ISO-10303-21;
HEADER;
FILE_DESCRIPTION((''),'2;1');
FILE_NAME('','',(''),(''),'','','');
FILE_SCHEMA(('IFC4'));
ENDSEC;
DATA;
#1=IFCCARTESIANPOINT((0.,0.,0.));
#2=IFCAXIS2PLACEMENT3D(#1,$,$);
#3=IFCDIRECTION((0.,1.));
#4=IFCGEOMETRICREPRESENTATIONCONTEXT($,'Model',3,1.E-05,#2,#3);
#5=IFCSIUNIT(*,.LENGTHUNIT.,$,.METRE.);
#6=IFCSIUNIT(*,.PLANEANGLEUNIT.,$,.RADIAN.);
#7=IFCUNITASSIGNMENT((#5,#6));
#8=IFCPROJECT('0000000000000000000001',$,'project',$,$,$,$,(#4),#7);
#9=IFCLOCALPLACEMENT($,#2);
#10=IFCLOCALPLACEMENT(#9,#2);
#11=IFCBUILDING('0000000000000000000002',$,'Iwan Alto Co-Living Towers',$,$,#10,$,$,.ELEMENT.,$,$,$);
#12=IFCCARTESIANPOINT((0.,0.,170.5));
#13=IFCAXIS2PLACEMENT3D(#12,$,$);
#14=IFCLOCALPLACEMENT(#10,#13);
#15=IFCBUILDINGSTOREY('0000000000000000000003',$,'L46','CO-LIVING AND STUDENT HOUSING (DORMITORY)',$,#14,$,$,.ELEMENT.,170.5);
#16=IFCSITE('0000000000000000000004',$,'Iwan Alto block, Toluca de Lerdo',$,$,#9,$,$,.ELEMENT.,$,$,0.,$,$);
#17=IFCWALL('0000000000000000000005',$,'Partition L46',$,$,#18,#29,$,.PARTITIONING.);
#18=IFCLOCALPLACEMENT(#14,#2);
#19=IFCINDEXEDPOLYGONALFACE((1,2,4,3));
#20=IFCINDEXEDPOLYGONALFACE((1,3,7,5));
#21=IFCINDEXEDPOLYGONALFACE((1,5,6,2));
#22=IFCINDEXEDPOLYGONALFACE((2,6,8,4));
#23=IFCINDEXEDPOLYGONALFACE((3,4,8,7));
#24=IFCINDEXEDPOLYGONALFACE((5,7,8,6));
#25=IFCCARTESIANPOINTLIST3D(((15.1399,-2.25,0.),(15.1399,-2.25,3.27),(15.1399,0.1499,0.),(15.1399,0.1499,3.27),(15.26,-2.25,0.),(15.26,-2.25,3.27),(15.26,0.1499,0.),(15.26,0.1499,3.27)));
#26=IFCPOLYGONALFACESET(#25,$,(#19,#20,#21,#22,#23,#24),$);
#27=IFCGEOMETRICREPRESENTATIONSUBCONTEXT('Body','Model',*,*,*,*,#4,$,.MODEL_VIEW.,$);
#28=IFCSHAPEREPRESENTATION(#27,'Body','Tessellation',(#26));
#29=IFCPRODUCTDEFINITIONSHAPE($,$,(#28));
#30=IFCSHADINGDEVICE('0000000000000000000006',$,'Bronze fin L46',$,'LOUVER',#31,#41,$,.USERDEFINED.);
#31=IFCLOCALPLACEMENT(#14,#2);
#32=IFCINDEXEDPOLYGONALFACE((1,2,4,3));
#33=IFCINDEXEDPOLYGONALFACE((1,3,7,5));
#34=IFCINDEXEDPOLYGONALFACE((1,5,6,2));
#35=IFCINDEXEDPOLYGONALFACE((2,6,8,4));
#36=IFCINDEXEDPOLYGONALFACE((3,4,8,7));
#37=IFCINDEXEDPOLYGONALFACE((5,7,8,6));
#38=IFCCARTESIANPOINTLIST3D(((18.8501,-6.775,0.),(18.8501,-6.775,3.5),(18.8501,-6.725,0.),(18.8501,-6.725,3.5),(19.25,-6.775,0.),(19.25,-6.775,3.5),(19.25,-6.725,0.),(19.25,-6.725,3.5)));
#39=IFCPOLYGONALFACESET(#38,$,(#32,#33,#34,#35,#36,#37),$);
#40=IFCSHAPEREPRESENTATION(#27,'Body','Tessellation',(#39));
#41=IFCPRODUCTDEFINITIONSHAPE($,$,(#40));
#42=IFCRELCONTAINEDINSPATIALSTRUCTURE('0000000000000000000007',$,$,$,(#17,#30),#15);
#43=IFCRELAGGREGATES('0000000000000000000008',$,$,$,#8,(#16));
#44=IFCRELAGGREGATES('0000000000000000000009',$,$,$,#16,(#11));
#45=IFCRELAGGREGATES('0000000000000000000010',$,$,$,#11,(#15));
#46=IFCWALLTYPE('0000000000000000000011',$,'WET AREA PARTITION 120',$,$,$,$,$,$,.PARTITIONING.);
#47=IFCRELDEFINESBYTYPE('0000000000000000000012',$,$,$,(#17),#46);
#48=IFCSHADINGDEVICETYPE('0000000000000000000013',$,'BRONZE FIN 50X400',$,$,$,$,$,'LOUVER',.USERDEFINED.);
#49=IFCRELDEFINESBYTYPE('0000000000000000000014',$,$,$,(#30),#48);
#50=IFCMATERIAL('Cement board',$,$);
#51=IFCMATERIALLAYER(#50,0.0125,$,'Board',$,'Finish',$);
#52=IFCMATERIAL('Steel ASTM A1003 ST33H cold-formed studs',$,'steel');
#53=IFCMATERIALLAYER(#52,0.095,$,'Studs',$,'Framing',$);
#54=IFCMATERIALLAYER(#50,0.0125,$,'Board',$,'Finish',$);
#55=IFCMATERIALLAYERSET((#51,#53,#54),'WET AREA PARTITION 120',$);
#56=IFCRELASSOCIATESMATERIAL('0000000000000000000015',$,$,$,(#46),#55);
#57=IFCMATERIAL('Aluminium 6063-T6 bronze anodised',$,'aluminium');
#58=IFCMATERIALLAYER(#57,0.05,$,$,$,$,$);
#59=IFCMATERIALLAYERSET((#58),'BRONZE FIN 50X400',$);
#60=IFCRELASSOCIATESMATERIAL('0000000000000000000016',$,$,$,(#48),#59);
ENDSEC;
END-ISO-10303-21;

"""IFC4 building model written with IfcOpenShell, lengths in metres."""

from ifc_helpers import new_model, si_unit, direction, frame, frame_2d, origin, origin_2d, place, context, subcontext, project, spatial, rectangle, extrude, material, layer, layer_set, type_object, element, save


model = new_model("IFC4")

# Units and contexts
model_context = context("Model", 3, precision=1e-05, world=origin(), true_north=direction((0.0, 1.0)))
body_context = subcontext(model_context, "Body", "Model", "MODEL_VIEW")
ifc_project = project(units=[si_unit("LENGTHUNIT", "METRE"), si_unit("PLANEANGLEUNIT", "RADIAN")], contexts=[model_context])

# Site, building, storey
site_placement = place(None, origin())
site = spatial("IfcSite", under=ifc_project, at=site_placement, Name="Iwan Alto block, Toluca de Lerdo", CompositionType="ELEMENT", RefElevation=0.0)
building_placement = place(site_placement, origin())
building = spatial("IfcBuilding", under=site, at=building_placement, Name="Iwan Alto Co-Living Towers", CompositionType="ELEMENT")
storey_placement = place(building_placement, frame((0.0, 0.0, 170.5)))
storey = spatial("IfcBuildingStorey", under=building, at=storey_placement, Name="L46", Description="CO-LIVING AND STUDENT HOUSING (DORMITORY)", CompositionType="ELEMENT", Elevation=170.5)

# Shared definitions
ifc_material_1 = material(Name="Steel ASTM A1003 ST33H cold-formed studs", Category="steel")

# Wall
ifc_material_2 = material(Name="Cement board")
ifc_layer_1 = layer(ifc_material_2, 0.0125, Name="Board", Category="Finish")
ifc_layer_2 = layer(ifc_material_1, 0.095, Name="Studs", Category="Framing")
ifc_layer_3 = layer(ifc_material_2, 0.0125, Name="Board", Category="Finish")
ifc_layer_set_1 = layer_set([ifc_layer_1, ifc_layer_2, ifc_layer_3], Name="WET AREA PARTITION 120")
wall_type_1 = type_object("IfcWallType", Name="WET AREA PARTITION 120", PredefinedType="PARTITIONING", material=ifc_layer_set_1)
wall_1_placement = place(storey_placement, frame((15.2, -2.25, 0.0), z_axis=(0.0, 0.0, 1.0), x_axis=(0.0, 1.0, 0.0)))
element("IfcWall", 1, at=wall_1_placement, inside=storey, type_object=wall_type_1, Name="Partition L46", PredefinedType="PARTITIONING", context=body_context, shape_type="SweptSolid", body=[
    extrude(rectangle(XDim=2.3999, YDim=0.1201, at=frame_2d((1.2, 0.0))), origin(), (0.0, 0.0, 1.0), 3.27),
])

# Shading device
ifc_material_3 = material(Name="Aluminium 6063-T6 bronze anodised", Category="aluminium")
ifc_layer_4 = layer(ifc_material_3, 0.05)
ifc_layer_set_2 = layer_set([ifc_layer_4], Name="BRONZE FIN 50X400")
shading_device_type = type_object("IfcShadingDeviceType", Name="BRONZE FIN 50X400", ElementType="LOUVER", PredefinedType="USERDEFINED", material=ifc_layer_set_2)
shading_device_placement = place(storey_placement, frame((19.05, -6.75, 0.0), z_axis=(0.0, 0.0, 1.0), x_axis=(0.0, 1.0, 0.0)))
element("IfcShadingDevice", 2, at=shading_device_placement, inside=storey, type_object=shading_device_type, Name="Bronze fin L46", ObjectType="LOUVER", PredefinedType="USERDEFINED", context=body_context, shape_type="SweptSolid", body=[
    extrude(rectangle(XDim=0.05, YDim=0.3999, at=origin_2d()), origin(), (0.0, 0.0, 1.0), 3.5),
])

save(model, "model.ifc")
